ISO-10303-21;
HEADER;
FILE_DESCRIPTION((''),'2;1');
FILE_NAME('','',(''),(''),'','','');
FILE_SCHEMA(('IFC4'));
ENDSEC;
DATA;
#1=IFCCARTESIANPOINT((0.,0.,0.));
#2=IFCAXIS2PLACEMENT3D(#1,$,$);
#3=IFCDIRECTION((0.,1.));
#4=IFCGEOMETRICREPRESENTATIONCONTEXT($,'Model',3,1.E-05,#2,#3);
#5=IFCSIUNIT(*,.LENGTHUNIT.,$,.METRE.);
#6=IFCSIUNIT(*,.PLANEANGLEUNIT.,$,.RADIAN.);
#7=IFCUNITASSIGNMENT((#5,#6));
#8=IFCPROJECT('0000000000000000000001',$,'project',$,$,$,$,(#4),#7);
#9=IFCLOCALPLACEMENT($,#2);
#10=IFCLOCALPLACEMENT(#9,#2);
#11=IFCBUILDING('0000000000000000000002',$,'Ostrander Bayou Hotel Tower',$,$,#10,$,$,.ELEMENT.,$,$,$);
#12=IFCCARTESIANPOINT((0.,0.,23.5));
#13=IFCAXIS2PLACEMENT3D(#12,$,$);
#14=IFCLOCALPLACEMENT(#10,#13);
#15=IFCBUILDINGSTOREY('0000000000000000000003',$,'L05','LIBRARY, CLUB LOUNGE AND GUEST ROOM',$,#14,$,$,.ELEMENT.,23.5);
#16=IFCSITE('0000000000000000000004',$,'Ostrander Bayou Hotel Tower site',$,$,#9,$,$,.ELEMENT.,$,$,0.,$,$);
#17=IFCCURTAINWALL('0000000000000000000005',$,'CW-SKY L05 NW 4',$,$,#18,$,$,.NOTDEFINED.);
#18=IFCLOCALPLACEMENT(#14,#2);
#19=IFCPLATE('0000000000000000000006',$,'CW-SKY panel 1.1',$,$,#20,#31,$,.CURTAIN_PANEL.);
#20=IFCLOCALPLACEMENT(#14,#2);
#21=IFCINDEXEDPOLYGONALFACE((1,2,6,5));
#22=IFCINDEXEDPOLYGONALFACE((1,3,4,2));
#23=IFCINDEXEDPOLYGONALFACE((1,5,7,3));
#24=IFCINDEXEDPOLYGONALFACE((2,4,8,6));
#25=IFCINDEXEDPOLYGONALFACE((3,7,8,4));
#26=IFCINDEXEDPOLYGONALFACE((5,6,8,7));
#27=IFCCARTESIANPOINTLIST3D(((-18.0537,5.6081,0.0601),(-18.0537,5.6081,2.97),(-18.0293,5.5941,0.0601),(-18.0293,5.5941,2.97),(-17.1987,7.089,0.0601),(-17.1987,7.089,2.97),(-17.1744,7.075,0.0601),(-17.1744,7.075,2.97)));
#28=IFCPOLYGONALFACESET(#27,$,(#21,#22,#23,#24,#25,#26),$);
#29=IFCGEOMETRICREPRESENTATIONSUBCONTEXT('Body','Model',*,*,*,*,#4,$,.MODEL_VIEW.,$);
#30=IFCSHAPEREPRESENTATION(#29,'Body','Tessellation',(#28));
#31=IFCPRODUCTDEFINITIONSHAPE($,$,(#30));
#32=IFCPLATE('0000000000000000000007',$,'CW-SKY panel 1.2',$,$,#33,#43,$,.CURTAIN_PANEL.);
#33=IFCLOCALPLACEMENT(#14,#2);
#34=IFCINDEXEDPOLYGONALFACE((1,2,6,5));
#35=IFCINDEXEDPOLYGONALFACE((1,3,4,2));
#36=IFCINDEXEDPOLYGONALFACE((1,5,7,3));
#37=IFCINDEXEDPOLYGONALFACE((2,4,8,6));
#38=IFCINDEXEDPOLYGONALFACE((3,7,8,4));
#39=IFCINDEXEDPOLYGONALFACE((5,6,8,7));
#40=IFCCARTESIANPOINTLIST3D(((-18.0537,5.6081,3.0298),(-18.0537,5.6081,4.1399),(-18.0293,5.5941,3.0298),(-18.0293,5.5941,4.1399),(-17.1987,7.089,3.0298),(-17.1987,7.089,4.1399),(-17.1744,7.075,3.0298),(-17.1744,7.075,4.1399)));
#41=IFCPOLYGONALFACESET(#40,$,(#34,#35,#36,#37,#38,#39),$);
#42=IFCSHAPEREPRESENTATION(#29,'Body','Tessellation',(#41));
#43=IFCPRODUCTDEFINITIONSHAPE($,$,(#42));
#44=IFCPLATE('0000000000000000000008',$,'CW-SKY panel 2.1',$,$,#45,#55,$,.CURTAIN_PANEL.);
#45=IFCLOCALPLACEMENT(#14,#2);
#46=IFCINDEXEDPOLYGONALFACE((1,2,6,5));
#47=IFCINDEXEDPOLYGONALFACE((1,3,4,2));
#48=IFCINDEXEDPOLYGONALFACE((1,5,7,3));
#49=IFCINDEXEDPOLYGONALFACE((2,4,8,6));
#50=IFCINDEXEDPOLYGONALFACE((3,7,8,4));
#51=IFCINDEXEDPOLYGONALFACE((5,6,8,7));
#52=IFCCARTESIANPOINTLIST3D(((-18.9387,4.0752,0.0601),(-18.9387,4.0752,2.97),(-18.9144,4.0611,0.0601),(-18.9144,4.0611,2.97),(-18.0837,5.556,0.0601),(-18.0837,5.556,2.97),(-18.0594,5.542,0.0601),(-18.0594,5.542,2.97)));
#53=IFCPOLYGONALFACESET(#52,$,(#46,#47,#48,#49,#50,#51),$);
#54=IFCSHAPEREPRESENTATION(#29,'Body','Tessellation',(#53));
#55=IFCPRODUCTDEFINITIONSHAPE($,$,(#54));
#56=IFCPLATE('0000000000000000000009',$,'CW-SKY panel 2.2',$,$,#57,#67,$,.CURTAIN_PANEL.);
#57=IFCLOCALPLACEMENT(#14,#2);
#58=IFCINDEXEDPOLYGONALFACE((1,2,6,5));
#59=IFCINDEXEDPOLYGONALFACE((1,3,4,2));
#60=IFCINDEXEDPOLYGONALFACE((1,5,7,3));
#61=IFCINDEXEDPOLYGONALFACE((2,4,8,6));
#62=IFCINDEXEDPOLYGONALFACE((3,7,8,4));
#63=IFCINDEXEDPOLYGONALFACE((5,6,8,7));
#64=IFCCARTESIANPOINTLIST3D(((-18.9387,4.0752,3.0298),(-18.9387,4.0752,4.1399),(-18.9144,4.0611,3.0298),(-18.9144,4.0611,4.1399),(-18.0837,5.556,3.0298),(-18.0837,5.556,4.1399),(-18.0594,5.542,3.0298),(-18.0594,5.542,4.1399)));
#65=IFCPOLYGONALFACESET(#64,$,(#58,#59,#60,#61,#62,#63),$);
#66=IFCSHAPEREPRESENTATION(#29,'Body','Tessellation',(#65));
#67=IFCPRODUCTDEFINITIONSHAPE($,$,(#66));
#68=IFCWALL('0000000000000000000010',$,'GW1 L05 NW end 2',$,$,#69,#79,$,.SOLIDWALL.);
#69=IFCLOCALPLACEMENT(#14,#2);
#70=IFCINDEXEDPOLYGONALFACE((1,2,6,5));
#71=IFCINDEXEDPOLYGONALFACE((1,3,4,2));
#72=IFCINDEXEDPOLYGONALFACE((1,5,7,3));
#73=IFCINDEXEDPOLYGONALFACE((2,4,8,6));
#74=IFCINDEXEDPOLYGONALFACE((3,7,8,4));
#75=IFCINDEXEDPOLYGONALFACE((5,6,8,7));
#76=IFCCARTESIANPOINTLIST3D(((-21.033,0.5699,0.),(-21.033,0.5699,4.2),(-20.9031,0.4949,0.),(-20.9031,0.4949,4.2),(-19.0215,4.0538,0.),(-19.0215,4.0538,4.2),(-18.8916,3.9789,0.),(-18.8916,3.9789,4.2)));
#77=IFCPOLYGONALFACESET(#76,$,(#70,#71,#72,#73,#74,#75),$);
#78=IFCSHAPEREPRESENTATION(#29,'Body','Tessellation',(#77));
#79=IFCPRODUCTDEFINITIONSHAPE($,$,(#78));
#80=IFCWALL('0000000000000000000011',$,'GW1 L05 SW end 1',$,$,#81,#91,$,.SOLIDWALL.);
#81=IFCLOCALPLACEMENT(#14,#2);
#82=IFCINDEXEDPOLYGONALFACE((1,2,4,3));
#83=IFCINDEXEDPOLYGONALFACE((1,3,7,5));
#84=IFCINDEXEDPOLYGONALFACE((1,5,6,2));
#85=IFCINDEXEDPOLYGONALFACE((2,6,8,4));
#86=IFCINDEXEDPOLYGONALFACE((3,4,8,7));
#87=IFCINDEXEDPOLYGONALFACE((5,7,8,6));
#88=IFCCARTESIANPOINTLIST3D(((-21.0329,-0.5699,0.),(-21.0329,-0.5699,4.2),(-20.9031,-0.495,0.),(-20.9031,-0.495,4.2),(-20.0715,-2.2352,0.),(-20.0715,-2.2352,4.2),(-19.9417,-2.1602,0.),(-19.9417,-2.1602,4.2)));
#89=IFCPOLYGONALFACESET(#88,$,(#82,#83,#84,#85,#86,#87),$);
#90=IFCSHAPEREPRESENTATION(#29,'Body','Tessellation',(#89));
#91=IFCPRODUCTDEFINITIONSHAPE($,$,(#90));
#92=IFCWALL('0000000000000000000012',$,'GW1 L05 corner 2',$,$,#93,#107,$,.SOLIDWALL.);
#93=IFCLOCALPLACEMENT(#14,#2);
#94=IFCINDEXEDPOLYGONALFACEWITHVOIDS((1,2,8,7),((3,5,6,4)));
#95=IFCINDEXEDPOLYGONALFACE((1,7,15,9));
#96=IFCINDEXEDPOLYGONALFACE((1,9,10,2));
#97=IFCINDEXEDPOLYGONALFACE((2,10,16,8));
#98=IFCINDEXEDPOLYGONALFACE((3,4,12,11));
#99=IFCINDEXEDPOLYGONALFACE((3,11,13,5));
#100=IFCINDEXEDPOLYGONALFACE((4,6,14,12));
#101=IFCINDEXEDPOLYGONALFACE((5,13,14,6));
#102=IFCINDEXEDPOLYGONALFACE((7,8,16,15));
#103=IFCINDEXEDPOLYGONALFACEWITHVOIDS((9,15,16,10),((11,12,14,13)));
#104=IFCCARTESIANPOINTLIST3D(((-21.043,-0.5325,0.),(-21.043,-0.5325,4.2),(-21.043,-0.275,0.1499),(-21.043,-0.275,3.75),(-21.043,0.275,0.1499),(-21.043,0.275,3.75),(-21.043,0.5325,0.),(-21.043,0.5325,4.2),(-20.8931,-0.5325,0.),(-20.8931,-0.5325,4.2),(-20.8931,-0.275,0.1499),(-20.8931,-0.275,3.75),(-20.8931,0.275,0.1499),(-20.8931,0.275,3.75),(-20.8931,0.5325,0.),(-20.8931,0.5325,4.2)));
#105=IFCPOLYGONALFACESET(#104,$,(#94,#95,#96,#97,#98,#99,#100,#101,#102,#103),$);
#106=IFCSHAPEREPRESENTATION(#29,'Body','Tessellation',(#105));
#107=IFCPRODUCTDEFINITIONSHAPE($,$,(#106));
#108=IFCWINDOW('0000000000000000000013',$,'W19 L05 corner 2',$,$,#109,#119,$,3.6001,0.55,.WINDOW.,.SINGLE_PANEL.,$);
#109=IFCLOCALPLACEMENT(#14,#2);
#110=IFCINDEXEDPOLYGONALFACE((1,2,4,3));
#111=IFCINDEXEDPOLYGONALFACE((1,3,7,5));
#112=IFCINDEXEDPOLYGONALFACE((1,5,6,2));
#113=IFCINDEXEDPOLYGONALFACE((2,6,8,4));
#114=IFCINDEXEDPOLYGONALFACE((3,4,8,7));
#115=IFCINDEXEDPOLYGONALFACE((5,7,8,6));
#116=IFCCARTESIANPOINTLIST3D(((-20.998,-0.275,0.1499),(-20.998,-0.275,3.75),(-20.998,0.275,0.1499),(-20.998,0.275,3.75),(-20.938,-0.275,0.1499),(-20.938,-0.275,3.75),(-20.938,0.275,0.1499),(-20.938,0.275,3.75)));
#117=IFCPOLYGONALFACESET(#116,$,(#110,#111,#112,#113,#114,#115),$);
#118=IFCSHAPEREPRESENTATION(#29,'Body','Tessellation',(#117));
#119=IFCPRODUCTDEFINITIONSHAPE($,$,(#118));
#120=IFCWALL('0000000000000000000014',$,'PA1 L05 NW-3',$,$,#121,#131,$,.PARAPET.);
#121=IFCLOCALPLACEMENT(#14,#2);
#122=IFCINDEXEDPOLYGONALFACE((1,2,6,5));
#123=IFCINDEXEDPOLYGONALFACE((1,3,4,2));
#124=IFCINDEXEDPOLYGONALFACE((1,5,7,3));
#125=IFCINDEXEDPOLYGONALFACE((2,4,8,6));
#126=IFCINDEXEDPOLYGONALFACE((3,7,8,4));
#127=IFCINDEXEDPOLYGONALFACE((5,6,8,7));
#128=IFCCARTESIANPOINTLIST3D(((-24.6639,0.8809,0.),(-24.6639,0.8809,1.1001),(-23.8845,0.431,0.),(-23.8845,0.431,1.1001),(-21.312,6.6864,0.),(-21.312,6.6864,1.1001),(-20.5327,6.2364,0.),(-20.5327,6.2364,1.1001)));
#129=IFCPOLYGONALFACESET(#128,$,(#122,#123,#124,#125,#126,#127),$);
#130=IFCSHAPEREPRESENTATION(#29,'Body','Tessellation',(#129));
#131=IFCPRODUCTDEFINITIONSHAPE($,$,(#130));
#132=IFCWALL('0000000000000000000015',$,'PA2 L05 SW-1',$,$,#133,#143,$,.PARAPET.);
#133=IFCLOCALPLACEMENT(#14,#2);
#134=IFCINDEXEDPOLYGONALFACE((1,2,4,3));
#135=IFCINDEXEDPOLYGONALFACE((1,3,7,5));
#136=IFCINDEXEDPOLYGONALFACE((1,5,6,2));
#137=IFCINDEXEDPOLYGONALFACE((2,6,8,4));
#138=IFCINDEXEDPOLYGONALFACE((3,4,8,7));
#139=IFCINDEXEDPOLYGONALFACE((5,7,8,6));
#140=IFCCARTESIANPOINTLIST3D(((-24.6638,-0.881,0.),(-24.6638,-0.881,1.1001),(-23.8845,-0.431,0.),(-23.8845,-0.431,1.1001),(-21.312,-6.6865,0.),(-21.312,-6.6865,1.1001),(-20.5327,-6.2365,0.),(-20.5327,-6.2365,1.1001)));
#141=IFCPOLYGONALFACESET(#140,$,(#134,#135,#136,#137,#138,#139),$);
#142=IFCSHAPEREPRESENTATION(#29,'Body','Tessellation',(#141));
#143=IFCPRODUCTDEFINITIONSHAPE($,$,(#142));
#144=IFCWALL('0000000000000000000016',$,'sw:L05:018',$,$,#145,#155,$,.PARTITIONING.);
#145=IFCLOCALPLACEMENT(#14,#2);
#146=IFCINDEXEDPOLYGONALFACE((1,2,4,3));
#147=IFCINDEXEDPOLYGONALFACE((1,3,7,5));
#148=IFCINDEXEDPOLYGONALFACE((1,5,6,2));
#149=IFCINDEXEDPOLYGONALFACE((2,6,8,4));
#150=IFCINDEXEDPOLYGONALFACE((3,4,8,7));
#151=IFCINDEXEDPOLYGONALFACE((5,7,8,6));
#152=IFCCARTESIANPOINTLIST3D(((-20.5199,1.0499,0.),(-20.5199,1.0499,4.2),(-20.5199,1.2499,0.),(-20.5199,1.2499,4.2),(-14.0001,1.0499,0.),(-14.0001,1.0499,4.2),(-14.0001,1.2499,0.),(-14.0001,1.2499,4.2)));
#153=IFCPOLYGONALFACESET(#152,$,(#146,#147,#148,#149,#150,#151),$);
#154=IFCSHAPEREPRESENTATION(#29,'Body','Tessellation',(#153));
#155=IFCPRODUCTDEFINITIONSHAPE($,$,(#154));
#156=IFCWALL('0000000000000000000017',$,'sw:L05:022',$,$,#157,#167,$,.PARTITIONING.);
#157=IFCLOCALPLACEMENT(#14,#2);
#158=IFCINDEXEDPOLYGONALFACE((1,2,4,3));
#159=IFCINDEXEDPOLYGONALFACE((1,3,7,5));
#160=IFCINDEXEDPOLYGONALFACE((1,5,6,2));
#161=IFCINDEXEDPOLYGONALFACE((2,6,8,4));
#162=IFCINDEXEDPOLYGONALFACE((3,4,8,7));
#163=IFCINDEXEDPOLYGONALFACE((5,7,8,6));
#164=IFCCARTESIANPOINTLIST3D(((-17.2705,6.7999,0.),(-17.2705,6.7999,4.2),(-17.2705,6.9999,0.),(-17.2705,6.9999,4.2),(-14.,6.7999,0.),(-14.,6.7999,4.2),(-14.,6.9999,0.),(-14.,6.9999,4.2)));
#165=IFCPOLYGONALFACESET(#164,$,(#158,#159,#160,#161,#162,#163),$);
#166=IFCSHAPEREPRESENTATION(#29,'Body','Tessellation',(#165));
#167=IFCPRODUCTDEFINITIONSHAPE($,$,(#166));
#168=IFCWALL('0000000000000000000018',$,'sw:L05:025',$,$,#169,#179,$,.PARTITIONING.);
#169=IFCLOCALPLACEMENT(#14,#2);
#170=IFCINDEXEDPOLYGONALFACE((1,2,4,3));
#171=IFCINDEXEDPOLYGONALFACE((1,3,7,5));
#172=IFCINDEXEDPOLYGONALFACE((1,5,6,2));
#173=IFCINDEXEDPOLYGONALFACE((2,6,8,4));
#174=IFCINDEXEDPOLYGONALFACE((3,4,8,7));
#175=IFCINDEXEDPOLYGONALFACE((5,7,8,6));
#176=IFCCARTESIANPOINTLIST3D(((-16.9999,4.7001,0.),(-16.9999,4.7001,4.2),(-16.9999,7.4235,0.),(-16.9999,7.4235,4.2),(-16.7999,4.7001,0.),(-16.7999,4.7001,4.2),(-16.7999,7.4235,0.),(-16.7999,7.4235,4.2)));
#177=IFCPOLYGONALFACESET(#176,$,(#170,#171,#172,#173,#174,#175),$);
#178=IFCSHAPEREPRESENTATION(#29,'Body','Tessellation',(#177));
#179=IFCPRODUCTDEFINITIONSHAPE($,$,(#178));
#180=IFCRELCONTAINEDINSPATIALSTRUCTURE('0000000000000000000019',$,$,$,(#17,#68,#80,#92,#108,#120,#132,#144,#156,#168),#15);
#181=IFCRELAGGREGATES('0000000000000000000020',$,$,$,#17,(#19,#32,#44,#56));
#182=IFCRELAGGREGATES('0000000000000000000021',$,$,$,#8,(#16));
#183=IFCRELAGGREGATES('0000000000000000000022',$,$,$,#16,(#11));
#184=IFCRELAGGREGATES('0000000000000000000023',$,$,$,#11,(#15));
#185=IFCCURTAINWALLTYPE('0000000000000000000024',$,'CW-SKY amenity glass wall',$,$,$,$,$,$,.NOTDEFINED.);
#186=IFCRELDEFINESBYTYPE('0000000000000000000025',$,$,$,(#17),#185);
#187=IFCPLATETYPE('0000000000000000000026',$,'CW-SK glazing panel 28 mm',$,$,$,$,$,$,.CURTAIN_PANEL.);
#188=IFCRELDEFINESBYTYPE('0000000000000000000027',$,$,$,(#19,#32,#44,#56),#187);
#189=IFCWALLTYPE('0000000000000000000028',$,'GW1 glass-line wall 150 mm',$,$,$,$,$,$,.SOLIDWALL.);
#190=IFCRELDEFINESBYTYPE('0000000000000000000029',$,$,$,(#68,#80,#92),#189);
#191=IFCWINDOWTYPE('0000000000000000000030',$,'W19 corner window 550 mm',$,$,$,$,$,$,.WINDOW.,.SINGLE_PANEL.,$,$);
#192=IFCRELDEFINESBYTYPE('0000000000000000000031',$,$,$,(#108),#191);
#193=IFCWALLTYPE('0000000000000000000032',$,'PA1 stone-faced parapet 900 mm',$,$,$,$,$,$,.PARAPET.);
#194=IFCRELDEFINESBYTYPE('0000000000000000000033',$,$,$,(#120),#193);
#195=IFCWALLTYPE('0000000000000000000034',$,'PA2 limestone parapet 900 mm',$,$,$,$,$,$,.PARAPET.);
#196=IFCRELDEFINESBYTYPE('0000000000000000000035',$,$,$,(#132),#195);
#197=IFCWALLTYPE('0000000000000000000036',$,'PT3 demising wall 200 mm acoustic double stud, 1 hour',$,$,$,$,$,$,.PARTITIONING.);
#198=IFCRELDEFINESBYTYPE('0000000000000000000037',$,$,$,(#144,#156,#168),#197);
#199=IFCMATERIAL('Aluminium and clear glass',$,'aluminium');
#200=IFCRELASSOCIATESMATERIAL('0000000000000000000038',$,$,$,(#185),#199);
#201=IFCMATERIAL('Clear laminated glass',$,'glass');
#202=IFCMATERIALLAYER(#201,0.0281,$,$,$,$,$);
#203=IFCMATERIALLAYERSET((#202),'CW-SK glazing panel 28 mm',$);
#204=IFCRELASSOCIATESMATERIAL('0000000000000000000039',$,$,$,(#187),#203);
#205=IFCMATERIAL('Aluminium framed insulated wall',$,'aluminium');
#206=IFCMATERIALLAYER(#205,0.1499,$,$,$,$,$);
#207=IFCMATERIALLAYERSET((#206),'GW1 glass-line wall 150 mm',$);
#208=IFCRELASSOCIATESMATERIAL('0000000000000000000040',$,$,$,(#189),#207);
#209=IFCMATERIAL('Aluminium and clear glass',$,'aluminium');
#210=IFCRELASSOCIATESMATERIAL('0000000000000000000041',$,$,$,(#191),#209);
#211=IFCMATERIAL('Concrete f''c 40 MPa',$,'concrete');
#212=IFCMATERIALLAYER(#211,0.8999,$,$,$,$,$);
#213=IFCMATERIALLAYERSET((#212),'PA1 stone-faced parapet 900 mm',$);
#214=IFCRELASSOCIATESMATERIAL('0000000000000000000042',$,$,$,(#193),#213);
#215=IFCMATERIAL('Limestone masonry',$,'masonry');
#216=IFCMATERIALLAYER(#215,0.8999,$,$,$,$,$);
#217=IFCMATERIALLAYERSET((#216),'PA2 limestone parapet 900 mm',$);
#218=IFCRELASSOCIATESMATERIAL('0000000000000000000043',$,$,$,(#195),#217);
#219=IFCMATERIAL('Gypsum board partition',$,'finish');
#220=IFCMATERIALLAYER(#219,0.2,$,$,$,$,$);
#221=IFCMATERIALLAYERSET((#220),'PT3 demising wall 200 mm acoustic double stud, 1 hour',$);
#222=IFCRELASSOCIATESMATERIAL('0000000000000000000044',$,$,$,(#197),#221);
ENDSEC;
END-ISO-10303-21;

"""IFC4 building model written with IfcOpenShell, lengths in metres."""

from ifc_helpers import new_model, si_unit, direction, frame, frame_2d, origin, origin_2d, place, context, subcontext, project, spatial, rectangle, extrude, material, layer, layer_set, type_object, element, fill, aggregate, save


model = new_model("IFC4")

# Units and contexts
model_context = context("Model", 3, precision=1e-05, world=origin(), true_north=direction((0.0, 1.0)))
body_context = subcontext(model_context, "Body", "Model", "MODEL_VIEW")
ifc_project = project(units=[si_unit("LENGTHUNIT", "METRE"), si_unit("PLANEANGLEUNIT", "RADIAN")], contexts=[model_context])

# Site, building, storey
site_placement = place(None, origin())
site = spatial("IfcSite", under=ifc_project, at=site_placement, Name="Ostrander Bayou Hotel Tower site", CompositionType="ELEMENT", RefElevation=0.0)
building_placement = place(site_placement, origin())
building = spatial("IfcBuilding", under=site, at=building_placement, Name="Ostrander Bayou Hotel Tower", CompositionType="ELEMENT")
storey_placement = place(building_placement, frame((0.0, 0.0, 23.5)))
storey = spatial("IfcBuildingStorey", under=building, at=storey_placement, Name="L05", Description="LIBRARY, CLUB LOUNGE AND GUEST ROOM", CompositionType="ELEMENT", Elevation=23.5)

# Curtain wall
ifc_material_1 = material(Name="Aluminium and clear glass", Category="aluminium")
curtain_wall_type_1 = type_object("IfcCurtainWallType", Name="CW-SKY amenity glass wall", PredefinedType="NOTDEFINED", material=ifc_material_1)
curtain_wall_1_placement = place(storey_placement, origin())
curtain_wall_1 = element("IfcCurtainWall", 1, at=curtain_wall_1_placement, inside=storey, type_object=curtain_wall_type_1, Name="CW-SKY L05 NW 4", PredefinedType="NOTDEFINED")

# Plates
ifc_material_2 = material(Name="Clear laminated glass", Category="glass")
ifc_layer_1 = layer(ifc_material_2, 0.0281)
ifc_layer_set_1 = layer_set([ifc_layer_1], Name="CW-SK glazing panel 28 mm")
plate_type_1 = type_object("IfcPlateType", Name="CW-SK glazing panel 28 mm", PredefinedType="CURTAIN_PANEL", material=ifc_layer_set_1)
plate_1_placement = place(storey_placement, frame((-17.614, 6.3416, 0.0601), z_axis=(0.0, 0.0, 1.0), x_axis=(-0.499999, -0.866026, 0.0)))
plate_1 = element("IfcPlate", 2, at=plate_1_placement, type_object=plate_type_1, Name="CW-SKY panel 1.1", PredefinedType="CURTAIN_PANEL", context=body_context, shape_type="SweptSolid", body=[
    extrude(rectangle(XDim=1.71, YDim=0.0281, at=origin_2d()), origin(), (0.0, 0.0, 1.0), 2.9099),
])
plate_2_placement = place(storey_placement, frame((-17.614, 6.3416, 3.0298), z_axis=(0.0, 0.0, 1.0), x_axis=(-0.499999, -0.866026, 0.0)))
plate_2 = element("IfcPlate", 3, at=plate_2_placement, type_object=plate_type_1, Name="CW-SKY panel 1.2", PredefinedType="CURTAIN_PANEL", context=body_context, shape_type="SweptSolid", body=[
    extrude(rectangle(XDim=1.71, YDim=0.0281, at=origin_2d()), origin(), (0.0, 0.0, 1.0), 1.1101),
])
plate_3_placement = place(storey_placement, frame((-18.499, 4.8086, 0.0601), z_axis=(0.0, 0.0, 1.0), x_axis=(-0.499999, -0.866026, 0.0)))
plate_3 = element("IfcPlate", 4, at=plate_3_placement, type_object=plate_type_1, Name="CW-SKY panel 2.1", PredefinedType="CURTAIN_PANEL", context=body_context, shape_type="SweptSolid", body=[
    extrude(rectangle(XDim=1.71, YDim=0.0281, at=origin_2d()), origin(), (0.0, 0.0, 1.0), 2.9099),
])
plate_4_placement = place(storey_placement, frame((-18.499, 4.8086, 3.0298), z_axis=(0.0, 0.0, 1.0), x_axis=(-0.499999, -0.866026, 0.0)))
plate_4 = element("IfcPlate", 5, at=plate_4_placement, type_object=plate_type_1, Name="CW-SKY panel 2.2", PredefinedType="CURTAIN_PANEL", context=body_context, shape_type="SweptSolid", body=[
    extrude(rectangle(XDim=1.71, YDim=0.0281, at=origin_2d()), origin(), (0.0, 0.0, 1.0), 1.1101),
])
aggregate(curtain_wall_1, [plate_1, plate_2, plate_3, plate_4])

# Walls
ifc_material_3 = material(Name="Aluminium framed insulated wall", Category="aluminium")
ifc_layer_2 = layer(ifc_material_3, 0.1499)
ifc_layer_set_2 = layer_set([ifc_layer_2], Name="GW1 glass-line wall 150 mm")
wall_type_1 = type_object("IfcWallType", Name="GW1 glass-line wall 150 mm", PredefinedType="SOLIDWALL", material=ifc_layer_set_2)
wall_1_placement = place(storey_placement, frame((-18.9565, 4.0164, 0.0), z_axis=(0.0, 0.0, 1.0), x_axis=(-0.50001, -0.86602, 0.0)))
element("IfcWall", 6, at=wall_1_placement, inside=storey, type_object=wall_type_1, Name="GW1 L05 NW end 2", PredefinedType="SOLIDWALL", context=body_context, shape_type="SweptSolid", body=[
    extrude(rectangle(XDim=4.0229, YDim=0.1499, at=frame_2d((2.0115, 0.0))), origin(), (0.0, 0.0, 1.0), 4.2),
])
wall_2_placement = place(storey_placement, frame((-20.968, -0.5325, 0.0), z_axis=(0.0, 0.0, 1.0), x_axis=(0.49999, -0.866031, 0.0)))
element("IfcWall", 7, at=wall_2_placement, inside=storey, type_object=wall_type_1, Name="GW1 L05 SW end 1", PredefinedType="SOLIDWALL", context=body_context, shape_type="SweptSolid", body=[
    extrude(rectangle(XDim=1.9229, YDim=0.1499, at=frame_2d((0.9614, 0.0))), origin(), (0.0, 0.0, 1.0), 4.2),
])

# Wall, opening, window
wall_3_placement = place(storey_placement, frame((-20.968, 0.5325, 0.0), z_axis=(0.0, 0.0, 1.0), x_axis=(0.0, -1.0, 0.0)))
wall_3 = element("IfcWall", 8, at=wall_3_placement, inside=storey, type_object=wall_type_1, Name="GW1 L05 corner 2", PredefinedType="SOLIDWALL", context=body_context, shape_type="SweptSolid", body=[
    extrude(rectangle(XDim=1.0649, YDim=0.1499, at=frame_2d((0.5325, 0.0))), origin(), (0.0, 0.0, 1.0), 4.2),
])
opening_1_placement = place(wall_3_placement, frame((0.2576, 0.0, 0.1499)))
opening_1 = element("IfcOpeningElement", 9, at=opening_1_placement, cuts=wall_3, PredefinedType="OPENING", context=body_context, shape_type="SweptSolid", body=[
    extrude(rectangle(XDim=0.55, YDim=3.6001, at=frame_2d((0.2749, 1.8))), frame((0.0, 0.075, 0.0), z_axis=(0.0, -1.0, 0.0), x_axis=(1.0, 0.0, 0.0)), (0.0, 0.0, 1.0), 0.1499),
])
ifc_material_4 = material(Name="Aluminium and clear glass", Category="aluminium")
window_type = type_object("IfcWindowType", Name="W19 corner window 550 mm", PartitioningType="SINGLE_PANEL", PredefinedType="WINDOW", material=ifc_material_4)
window_placement = place(opening_1_placement, origin())
window = element("IfcWindow", 10, at=window_placement, inside=storey, type_object=window_type, Name="W19 L05 corner 2", OverallHeight=3.6001, OverallWidth=0.55, PartitioningType="SINGLE_PANEL", PredefinedType="WINDOW", context=body_context, shape_type="SweptSolid", body=[
    extrude(rectangle(XDim=0.55, YDim=3.6001, at=frame_2d((0.2749, 1.8))), frame((0.0, 0.03, 0.0), z_axis=(0.0, -1.0, 0.0), x_axis=(1.0, 0.0, 0.0)), (0.0, 0.0, 1.0), 0.0601),
])
fill(opening_1, window)

# Walls
ifc_material_5 = material(Name="Concrete f'c 40 MPa", Category="concrete")
ifc_layer_3 = layer(ifc_material_5, 0.8999)
ifc_layer_set_3 = layer_set([ifc_layer_3], Name="PA1 stone-faced parapet 900 mm")
wall_type_2 = type_object("IfcWallType", Name="PA1 stone-faced parapet 900 mm", PredefinedType="PARAPET", material=ifc_layer_set_3)
wall_4_placement = place(storey_placement, frame((-20.9224, 6.4614, 0.0), z_axis=(0.0, 0.0, 1.0), x_axis=(-0.500005, -0.866022, 0.0)))
element("IfcWall", 11, at=wall_4_placement, inside=storey, type_object=wall_type_2, Name="PA1 L05 NW-3", PredefinedType="PARAPET", context=body_context, shape_type="SweptSolid", body=[
    extrude(rectangle(XDim=6.7036, YDim=0.8999, at=frame_2d((3.3518, 0.0))), origin(), (0.0, 0.0, 1.0), 1.1001),
])
ifc_material_6 = material(Name="Limestone masonry", Category="masonry")
ifc_layer_4 = layer(ifc_material_6, 0.8999)
ifc_layer_set_4 = layer_set([ifc_layer_4], Name="PA2 limestone parapet 900 mm")
wall_type_3 = type_object("IfcWallType", Name="PA2 limestone parapet 900 mm", PredefinedType="PARAPET", material=ifc_layer_set_4)
wall_5_placement = place(storey_placement, frame((-24.2742, -0.656, 0.0), z_axis=(0.0, 0.0, 1.0), x_axis=(0.500005, -0.866022, 0.0)))
element("IfcWall", 12, at=wall_5_placement, inside=storey, type_object=wall_type_3, Name="PA2 L05 SW-1", PredefinedType="PARAPET", context=body_context, shape_type="SweptSolid", body=[
    extrude(rectangle(XDim=6.7036, YDim=0.8999, at=frame_2d((3.3518, 0.0))), origin(), (0.0, 0.0, 1.0), 1.1001),
])
ifc_material_7 = material(Name="Gypsum board partition", Category="finish")
ifc_layer_5 = layer(ifc_material_7, 0.2)
ifc_layer_set_5 = layer_set([ifc_layer_5], Name="PT3 demising wall 200 mm acoustic double stud, 1 hour")
wall_type_4 = type_object("IfcWallType", Name="PT3 demising wall 200 mm acoustic double stud, 1 hour", PredefinedType="PARTITIONING", material=ifc_layer_set_5)
wall_6_placement = place(storey_placement, frame((-20.5198, 1.1499, 0.0), z_axis=(0.0, 0.0, 1.0), x_axis=(1.0, 0.0, 0.0)))
element("IfcWall", 13, at=wall_6_placement, inside=storey, type_object=wall_type_4, Name="sw:L05:018", PredefinedType="PARTITIONING", context=body_context, shape_type="SweptSolid", body=[
    extrude(rectangle(XDim=6.5198, YDim=0.2, at=frame_2d((3.2598, 0.0))), origin(), (0.0, 0.0, 1.0), 4.2),
])

# Walls
wall_7_placement = place(storey_placement, frame((-17.2705, 6.8999, 0.0), z_axis=(0.0, 0.0, 1.0), x_axis=(1.0, 0.0, 0.0)))
element("IfcWall", 14, at=wall_7_placement, inside=storey, type_object=wall_type_4, Name="sw:L05:022", PredefinedType="PARTITIONING", context=body_context, shape_type="SweptSolid", body=[
    extrude(rectangle(XDim=3.2705, YDim=0.2, at=frame_2d((1.6353, 0.0))), origin(), (0.0, 0.0, 1.0), 4.2),
])
wall_8_placement = place(storey_placement, frame((-16.8999, 4.7, 0.0), z_axis=(0.0, 0.0, 1.0), x_axis=(0.0, 1.0, 0.0)))
element("IfcWall", 15, at=wall_8_placement, inside=storey, type_object=wall_type_4, Name="sw:L05:025", PredefinedType="PARTITIONING", context=body_context, shape_type="SweptSolid", body=[
    extrude(rectangle(XDim=2.7234, YDim=0.2, at=frame_2d((1.3618, 0.0))), origin(), (0.0, 0.0, 1.0), 4.2),
])

save(model, "model.ifc")
